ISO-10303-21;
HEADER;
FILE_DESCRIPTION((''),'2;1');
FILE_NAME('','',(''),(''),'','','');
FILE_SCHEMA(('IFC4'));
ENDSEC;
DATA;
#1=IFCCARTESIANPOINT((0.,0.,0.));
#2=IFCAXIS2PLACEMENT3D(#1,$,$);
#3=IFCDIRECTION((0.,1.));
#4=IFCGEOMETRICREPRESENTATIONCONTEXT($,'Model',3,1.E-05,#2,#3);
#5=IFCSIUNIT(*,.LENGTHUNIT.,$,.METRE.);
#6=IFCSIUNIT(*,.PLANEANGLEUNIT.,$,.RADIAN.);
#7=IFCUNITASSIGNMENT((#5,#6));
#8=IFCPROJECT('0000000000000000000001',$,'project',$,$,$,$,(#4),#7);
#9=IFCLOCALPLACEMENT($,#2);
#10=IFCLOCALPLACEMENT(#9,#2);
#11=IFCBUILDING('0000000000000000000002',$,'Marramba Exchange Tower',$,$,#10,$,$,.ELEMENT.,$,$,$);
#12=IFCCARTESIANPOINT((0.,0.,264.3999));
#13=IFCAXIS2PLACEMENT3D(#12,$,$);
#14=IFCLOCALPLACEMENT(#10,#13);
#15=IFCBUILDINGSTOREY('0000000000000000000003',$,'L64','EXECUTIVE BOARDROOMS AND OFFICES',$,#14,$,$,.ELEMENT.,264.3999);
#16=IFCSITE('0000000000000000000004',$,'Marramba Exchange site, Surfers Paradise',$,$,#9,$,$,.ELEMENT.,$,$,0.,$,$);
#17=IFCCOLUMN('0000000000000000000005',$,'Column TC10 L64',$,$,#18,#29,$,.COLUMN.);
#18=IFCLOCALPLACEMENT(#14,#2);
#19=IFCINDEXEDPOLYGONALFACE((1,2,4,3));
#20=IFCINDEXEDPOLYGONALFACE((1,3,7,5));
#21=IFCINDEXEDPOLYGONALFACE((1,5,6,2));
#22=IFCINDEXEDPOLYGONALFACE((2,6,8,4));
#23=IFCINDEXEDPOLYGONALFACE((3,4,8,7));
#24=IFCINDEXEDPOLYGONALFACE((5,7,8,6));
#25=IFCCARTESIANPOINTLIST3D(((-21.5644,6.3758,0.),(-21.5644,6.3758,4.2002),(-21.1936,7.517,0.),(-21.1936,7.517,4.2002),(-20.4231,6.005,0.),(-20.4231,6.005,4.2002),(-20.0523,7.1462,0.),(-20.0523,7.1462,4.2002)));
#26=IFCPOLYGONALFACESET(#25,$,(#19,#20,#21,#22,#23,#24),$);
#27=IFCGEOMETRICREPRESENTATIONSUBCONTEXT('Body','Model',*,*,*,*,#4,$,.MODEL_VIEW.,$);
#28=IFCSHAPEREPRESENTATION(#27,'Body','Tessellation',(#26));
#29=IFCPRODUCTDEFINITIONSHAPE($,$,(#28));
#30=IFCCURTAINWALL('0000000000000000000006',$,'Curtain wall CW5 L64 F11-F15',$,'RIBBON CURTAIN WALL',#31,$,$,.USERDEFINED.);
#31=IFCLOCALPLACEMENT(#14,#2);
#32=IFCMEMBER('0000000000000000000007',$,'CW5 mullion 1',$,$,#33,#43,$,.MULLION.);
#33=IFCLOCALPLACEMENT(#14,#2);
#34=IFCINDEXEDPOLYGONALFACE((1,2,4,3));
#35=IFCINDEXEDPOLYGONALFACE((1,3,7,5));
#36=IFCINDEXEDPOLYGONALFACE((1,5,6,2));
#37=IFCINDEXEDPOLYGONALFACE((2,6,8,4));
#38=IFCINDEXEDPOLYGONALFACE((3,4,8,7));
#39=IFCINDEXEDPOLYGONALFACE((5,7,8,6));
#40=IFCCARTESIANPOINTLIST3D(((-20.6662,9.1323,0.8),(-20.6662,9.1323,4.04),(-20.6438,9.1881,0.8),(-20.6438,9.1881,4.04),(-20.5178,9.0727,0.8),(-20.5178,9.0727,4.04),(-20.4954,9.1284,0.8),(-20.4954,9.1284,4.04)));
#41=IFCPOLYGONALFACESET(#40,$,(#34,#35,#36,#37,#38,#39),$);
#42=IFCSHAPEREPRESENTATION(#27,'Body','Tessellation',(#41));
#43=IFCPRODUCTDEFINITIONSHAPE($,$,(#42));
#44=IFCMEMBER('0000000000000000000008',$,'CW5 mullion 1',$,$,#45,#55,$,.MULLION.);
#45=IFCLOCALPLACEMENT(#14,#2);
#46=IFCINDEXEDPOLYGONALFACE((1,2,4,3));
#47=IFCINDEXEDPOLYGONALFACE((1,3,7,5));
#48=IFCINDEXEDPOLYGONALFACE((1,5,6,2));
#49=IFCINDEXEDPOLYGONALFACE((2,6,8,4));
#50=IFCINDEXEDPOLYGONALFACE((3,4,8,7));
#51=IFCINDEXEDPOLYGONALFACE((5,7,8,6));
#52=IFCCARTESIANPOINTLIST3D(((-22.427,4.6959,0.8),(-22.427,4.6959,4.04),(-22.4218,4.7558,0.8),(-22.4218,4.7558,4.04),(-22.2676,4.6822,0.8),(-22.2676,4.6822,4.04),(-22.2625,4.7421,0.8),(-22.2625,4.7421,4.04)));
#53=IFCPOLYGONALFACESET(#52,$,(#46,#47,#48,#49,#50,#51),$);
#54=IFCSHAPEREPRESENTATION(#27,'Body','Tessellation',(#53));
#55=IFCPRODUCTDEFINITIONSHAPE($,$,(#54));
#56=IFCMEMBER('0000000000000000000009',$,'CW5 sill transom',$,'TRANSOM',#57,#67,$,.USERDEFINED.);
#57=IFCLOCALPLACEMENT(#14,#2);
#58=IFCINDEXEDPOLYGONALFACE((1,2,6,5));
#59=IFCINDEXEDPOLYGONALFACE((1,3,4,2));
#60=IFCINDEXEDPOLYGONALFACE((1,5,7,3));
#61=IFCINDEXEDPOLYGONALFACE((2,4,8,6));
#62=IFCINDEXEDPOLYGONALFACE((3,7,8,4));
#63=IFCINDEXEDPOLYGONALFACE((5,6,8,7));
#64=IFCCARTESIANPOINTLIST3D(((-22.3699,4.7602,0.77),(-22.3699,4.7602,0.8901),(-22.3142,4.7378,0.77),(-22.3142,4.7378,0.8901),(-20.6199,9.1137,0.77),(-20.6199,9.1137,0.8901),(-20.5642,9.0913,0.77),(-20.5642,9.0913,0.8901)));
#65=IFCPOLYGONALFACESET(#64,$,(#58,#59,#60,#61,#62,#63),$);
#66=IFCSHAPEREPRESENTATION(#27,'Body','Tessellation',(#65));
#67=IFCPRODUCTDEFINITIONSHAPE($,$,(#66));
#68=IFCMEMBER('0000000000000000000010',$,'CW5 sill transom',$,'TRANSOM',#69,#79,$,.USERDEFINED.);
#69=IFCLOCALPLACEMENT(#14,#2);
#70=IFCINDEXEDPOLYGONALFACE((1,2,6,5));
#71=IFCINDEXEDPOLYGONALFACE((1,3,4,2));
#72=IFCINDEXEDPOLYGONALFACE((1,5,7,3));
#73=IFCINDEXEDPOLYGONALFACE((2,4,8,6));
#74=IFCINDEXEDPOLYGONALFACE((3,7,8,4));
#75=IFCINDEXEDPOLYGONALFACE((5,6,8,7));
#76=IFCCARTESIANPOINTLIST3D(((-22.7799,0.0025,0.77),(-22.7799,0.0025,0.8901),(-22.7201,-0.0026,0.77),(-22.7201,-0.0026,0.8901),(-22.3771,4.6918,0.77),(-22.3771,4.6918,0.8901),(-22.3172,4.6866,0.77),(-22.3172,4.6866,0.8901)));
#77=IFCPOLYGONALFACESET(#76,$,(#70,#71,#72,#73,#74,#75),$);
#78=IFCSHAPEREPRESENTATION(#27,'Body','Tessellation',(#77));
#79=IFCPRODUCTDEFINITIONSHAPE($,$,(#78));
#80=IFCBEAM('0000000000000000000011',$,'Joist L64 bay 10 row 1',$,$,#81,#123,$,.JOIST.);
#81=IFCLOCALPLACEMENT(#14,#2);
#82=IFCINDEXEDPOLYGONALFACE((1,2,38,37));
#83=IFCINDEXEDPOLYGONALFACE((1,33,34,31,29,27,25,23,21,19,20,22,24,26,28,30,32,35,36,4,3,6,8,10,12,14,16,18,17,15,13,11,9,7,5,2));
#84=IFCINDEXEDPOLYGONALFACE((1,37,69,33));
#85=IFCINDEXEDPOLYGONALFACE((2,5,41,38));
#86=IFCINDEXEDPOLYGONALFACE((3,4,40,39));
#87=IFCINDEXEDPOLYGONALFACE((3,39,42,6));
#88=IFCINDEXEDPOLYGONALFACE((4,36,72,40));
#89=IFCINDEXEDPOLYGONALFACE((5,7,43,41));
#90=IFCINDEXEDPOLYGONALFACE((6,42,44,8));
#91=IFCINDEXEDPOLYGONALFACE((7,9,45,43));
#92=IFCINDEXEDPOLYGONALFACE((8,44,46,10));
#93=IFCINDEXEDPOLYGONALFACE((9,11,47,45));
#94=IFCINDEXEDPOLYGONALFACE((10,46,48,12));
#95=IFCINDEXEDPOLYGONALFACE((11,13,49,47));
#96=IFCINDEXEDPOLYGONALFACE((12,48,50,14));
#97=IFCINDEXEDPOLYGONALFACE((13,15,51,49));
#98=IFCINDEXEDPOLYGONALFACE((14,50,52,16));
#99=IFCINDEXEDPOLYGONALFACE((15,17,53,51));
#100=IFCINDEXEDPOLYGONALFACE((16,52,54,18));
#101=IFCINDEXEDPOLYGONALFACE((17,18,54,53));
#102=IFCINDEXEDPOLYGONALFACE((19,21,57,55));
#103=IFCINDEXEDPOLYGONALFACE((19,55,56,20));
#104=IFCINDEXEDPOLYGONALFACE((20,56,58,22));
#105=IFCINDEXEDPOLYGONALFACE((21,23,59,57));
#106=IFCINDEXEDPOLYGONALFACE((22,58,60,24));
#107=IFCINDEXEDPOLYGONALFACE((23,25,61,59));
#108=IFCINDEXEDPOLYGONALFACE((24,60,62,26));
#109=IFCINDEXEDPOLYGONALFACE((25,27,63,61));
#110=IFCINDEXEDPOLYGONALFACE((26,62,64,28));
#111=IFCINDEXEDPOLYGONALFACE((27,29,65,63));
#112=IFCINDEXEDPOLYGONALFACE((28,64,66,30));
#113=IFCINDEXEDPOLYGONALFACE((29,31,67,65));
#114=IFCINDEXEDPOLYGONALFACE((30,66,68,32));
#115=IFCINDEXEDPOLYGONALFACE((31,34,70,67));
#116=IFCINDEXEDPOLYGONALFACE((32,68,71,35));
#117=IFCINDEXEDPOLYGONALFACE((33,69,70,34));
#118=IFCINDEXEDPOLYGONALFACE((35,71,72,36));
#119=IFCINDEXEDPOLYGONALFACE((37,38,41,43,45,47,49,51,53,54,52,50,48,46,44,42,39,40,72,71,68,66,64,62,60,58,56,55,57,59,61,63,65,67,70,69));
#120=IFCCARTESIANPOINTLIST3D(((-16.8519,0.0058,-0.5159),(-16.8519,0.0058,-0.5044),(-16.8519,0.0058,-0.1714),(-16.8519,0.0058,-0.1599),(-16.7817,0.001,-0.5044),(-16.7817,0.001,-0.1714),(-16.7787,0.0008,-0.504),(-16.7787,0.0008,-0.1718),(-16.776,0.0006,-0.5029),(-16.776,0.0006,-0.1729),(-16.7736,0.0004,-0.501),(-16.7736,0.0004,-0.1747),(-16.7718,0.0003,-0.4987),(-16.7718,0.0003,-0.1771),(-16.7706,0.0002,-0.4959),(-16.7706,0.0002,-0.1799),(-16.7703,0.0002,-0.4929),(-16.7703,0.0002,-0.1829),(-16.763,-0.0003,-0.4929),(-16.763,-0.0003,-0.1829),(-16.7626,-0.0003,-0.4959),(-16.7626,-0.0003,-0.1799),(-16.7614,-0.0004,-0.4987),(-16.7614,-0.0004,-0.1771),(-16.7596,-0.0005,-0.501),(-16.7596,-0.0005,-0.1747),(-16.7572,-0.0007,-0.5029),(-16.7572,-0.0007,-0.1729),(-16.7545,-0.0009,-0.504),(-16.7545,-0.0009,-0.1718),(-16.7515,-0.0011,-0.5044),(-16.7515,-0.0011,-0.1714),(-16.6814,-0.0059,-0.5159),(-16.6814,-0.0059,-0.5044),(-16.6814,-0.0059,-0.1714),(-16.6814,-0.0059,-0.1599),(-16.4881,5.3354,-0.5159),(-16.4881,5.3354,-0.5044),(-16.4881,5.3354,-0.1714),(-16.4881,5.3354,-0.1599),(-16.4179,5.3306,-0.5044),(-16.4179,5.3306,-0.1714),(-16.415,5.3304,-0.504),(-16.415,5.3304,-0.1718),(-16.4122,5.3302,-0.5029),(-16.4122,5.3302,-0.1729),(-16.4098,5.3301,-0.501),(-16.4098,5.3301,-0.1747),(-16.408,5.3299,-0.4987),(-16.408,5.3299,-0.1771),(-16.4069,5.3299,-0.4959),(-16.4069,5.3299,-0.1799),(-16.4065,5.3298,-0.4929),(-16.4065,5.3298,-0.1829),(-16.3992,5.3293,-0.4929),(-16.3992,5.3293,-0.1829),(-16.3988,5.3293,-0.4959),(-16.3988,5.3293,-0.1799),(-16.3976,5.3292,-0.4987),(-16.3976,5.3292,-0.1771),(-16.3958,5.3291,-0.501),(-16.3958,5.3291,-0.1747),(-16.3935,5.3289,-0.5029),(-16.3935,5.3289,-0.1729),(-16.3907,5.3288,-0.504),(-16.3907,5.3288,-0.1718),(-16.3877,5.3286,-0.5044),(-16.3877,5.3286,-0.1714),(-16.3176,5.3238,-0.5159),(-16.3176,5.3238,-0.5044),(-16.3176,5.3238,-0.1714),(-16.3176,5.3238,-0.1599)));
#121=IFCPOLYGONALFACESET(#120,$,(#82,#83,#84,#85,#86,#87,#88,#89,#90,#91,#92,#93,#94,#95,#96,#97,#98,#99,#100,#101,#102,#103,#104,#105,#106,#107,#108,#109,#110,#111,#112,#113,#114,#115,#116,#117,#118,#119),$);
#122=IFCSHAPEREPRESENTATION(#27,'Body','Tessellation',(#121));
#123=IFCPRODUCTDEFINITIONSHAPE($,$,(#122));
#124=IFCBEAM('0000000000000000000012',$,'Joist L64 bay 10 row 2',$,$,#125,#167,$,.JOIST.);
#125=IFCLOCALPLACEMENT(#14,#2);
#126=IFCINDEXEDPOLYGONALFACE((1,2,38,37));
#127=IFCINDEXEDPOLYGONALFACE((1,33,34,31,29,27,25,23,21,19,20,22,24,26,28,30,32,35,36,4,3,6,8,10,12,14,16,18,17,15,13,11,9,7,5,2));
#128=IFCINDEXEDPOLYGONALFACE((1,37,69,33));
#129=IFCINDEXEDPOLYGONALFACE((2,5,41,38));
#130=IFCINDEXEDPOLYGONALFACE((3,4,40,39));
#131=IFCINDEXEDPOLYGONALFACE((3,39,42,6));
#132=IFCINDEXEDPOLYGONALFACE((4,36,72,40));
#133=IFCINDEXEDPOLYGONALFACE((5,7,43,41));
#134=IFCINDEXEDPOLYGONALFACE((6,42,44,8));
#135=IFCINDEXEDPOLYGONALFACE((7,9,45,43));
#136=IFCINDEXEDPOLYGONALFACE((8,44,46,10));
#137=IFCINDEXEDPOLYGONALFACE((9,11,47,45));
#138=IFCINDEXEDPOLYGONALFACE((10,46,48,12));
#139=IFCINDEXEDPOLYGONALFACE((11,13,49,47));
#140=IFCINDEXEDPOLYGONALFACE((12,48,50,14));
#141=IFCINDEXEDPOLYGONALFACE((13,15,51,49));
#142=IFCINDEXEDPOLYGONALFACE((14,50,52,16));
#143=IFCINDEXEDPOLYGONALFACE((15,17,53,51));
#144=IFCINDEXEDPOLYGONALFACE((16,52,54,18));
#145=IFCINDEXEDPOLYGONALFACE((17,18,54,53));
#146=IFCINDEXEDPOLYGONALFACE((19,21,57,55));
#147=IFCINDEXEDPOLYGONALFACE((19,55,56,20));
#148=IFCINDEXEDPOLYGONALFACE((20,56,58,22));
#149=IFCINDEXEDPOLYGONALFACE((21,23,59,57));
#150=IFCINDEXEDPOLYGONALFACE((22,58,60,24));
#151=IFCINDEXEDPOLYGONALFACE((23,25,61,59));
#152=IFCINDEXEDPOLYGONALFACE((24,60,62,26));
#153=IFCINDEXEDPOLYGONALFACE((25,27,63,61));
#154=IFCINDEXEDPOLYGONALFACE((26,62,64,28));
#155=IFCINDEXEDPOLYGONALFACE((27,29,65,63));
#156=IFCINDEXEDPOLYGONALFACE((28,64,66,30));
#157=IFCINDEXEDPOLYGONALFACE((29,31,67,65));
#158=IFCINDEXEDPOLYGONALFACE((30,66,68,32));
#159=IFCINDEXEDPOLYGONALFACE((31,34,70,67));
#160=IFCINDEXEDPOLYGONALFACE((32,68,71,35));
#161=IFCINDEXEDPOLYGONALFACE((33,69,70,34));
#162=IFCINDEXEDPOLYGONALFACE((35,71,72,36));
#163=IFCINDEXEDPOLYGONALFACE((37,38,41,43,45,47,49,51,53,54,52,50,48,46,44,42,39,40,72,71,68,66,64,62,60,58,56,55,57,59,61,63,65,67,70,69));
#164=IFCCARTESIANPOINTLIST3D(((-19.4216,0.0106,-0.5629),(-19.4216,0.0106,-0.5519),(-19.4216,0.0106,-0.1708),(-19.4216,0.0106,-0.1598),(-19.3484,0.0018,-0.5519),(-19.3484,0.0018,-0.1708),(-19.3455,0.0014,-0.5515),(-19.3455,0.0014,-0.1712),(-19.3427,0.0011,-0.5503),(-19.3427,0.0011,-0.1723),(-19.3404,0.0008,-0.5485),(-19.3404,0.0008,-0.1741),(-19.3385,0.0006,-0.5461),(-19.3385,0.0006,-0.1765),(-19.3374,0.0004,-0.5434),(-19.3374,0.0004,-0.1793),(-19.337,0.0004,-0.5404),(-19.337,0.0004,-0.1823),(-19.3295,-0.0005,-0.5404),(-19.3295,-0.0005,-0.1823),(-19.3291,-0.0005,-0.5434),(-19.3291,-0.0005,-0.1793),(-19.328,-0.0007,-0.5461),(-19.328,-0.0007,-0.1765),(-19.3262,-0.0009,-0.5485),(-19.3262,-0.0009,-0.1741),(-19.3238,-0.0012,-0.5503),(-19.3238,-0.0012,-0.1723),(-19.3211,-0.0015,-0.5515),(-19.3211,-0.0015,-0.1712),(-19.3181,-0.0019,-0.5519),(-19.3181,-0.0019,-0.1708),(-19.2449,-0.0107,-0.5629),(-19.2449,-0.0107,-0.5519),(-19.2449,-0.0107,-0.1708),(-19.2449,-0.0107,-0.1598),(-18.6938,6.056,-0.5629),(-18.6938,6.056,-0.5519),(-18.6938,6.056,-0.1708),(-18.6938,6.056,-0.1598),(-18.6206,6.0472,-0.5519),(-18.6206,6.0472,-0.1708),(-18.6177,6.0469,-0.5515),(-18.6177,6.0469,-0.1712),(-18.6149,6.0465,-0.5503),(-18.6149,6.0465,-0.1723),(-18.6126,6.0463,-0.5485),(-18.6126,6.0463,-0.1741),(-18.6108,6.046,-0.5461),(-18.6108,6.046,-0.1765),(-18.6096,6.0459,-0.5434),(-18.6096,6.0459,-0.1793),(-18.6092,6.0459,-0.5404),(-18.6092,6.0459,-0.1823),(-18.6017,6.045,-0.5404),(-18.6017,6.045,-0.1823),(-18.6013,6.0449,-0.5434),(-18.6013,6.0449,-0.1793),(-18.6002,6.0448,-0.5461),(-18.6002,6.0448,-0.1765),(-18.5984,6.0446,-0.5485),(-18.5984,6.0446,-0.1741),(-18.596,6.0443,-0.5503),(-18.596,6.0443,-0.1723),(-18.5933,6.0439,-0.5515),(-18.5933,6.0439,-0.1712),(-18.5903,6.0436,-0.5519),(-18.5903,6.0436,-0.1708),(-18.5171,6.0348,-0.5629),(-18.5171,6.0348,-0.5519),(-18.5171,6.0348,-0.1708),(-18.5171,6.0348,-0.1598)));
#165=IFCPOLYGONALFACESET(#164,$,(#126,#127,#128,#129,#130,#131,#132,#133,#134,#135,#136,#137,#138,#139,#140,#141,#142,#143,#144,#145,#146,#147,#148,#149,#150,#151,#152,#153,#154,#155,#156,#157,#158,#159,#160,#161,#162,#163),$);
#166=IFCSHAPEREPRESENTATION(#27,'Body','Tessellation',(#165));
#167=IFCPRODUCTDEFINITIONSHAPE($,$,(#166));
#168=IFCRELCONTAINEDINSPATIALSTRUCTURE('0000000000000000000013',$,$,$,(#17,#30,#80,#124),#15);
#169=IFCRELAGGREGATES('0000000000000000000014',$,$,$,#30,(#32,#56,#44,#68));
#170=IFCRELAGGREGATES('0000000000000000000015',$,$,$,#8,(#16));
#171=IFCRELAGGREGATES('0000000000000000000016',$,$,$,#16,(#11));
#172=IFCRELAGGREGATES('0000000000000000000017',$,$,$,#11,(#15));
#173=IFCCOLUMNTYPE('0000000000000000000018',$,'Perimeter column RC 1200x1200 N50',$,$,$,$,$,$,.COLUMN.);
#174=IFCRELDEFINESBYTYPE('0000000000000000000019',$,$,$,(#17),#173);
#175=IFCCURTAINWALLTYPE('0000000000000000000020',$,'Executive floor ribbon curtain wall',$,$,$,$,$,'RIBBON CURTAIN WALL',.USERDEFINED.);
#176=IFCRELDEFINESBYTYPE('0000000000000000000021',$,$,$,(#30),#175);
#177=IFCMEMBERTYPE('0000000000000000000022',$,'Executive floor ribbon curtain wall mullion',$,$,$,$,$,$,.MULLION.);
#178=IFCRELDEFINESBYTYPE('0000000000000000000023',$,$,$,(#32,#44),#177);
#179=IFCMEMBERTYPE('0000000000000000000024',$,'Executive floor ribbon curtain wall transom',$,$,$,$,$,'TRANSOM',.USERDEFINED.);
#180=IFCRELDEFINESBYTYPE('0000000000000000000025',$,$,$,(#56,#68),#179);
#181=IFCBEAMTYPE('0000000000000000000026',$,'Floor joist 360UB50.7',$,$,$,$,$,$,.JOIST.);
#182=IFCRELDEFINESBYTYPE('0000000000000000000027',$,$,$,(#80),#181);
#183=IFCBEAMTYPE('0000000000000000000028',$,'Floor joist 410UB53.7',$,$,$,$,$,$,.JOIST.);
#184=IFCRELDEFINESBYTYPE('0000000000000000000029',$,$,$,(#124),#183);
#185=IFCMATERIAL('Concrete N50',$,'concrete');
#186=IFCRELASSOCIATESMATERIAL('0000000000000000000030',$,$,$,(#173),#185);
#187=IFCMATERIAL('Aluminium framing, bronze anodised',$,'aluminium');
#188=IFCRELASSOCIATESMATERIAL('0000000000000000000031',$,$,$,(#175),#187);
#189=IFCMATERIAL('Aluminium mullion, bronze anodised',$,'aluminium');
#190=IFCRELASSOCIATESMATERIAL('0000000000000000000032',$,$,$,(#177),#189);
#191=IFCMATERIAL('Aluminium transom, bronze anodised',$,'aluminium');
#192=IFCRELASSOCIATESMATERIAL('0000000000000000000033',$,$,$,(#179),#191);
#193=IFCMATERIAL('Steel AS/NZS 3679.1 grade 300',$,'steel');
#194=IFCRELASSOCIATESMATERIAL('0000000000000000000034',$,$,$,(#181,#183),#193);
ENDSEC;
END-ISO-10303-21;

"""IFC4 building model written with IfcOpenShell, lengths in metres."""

from ifc_helpers import new_model, si_unit, direction, frame, origin, origin_2d, place, context, subcontext, project, spatial, rectangle, i_section, extrude, material, material_profile, profile_set, type_object, element, aggregate, save


model = new_model("IFC4")

# Units and contexts
model_context = context("Model", 3, precision=1e-05, world=origin(), true_north=direction((0.0, 1.0)))
body_context = subcontext(model_context, "Body", "Model", "MODEL_VIEW")
ifc_project = project(units=[si_unit("LENGTHUNIT", "METRE"), si_unit("PLANEANGLEUNIT", "RADIAN")], contexts=[model_context])

# Site, building, storey
site_placement = place(None, origin())
site = spatial("IfcSite", under=ifc_project, at=site_placement, Name="Marramba Exchange site, Surfers Paradise", CompositionType="ELEMENT", RefElevation=0.0)
building_placement = place(site_placement, origin())
building = spatial("IfcBuilding", under=site, at=building_placement, Name="Marramba Exchange Tower", CompositionType="ELEMENT")
storey_placement = place(building_placement, frame((0.0, 0.0, 264.3999)))
storey = spatial("IfcBuildingStorey", under=building, at=storey_placement, Name="L64", Description="EXECUTIVE BOARDROOMS AND OFFICES", CompositionType="ELEMENT", Elevation=264.3999)

# Column
ifc_material_1 = material(Name="Concrete N50", Category="concrete")
ifc_material_profile_1 = material_profile(ifc_material_1, rectangle(XDim=1.2, YDim=1.2, at=origin_2d()), Name="RC 1200x1200")
ifc_profile_set_1 = profile_set([ifc_material_profile_1], Name="Concrete N50")
column_type = type_object("IfcColumnType", Name="Perimeter column RC 1200x1200 N50", PredefinedType="COLUMN", material=ifc_profile_set_1)
column_placement = place(storey_placement, frame((-20.8083, 6.761, 0.0), z_axis=(0.0, 0.0, 1.0), x_axis=(-0.951057, 0.309017, 0.0)))
element("IfcColumn", 1, at=column_placement, inside=storey, type_object=column_type, Name="Column TC10 L64", PredefinedType="COLUMN", context=body_context, shape_type="SweptSolid", body=[
    extrude(rectangle(XDim=1.2, YDim=1.2, at=origin_2d()), origin(), (0.0, 0.0, 1.0), 4.2002),
])

# Curtain wall, members
ifc_material_2 = material(Name="Aluminium framing, bronze anodised", Category="aluminium")
curtain_wall_type = type_object("IfcCurtainWallType", Name="Executive floor ribbon curtain wall", ElementType="RIBBON CURTAIN WALL", PredefinedType="USERDEFINED", material=ifc_material_2)
curtain_wall_placement = place(storey_placement, origin())
curtain_wall = element("IfcCurtainWall", 2, at=curtain_wall_placement, inside=storey, type_object=curtain_wall_type, Name="Curtain wall CW5 L64 F11-F15", ObjectType="RIBBON CURTAIN WALL", PredefinedType="USERDEFINED")
ifc_material_3 = material(Name="Aluminium mullion, bronze anodised", Category="aluminium")
ifc_material_profile_2 = material_profile(ifc_material_3, rectangle(XDim=0.1599, YDim=0.0601, at=origin_2d()), Name="CW5 mullion 60x160")
ifc_profile_set_2 = profile_set([ifc_material_profile_2], Name="Aluminium mullion, bronze anodised")
member_type_1 = type_object("IfcMemberType", Name="Executive floor ribbon curtain wall mullion", PredefinedType="MULLION", material=ifc_profile_set_2)
member_1_placement = place(storey_placement, frame((-20.5808, 9.1304, 0.8), z_axis=(0.0, 0.0, 1.0), x_axis=(0.927838, -0.372983, 0.0)))
member_1 = element("IfcMember", 3, at=member_1_placement, type_object=member_type_1, Name="CW5 mullion 1", PredefinedType="MULLION", context=body_context, shape_type="SweptSolid", body=[
    extrude(rectangle(XDim=0.1599, YDim=0.0601, at=origin_2d()), origin(), (0.0, 0.0, 1.0), 3.24),
])
member_2_placement = place(storey_placement, frame((-22.3447, 4.719, 0.8), z_axis=(0.0, 0.0, 1.0), x_axis=(0.996332, -0.085574, 0.0)))
member_2 = element("IfcMember", 4, at=member_2_placement, type_object=member_type_1, Name="CW5 mullion 1", PredefinedType="MULLION", context=body_context, shape_type="SweptSolid", body=[
    extrude(rectangle(XDim=0.1599, YDim=0.0601, at=origin_2d()), origin(), (0.0, 0.0, 1.0), 3.24),
])
ifc_material_4 = material(Name="Aluminium transom, bronze anodised", Category="aluminium")
ifc_material_profile_3 = material_profile(ifc_material_4, rectangle(XDim=0.0601, YDim=0.1201, at=origin_2d()), Name="CW5 transom 60x120")
ifc_profile_set_3 = profile_set([ifc_material_profile_3], Name="Aluminium transom, bronze anodised")
member_type_2 = type_object("IfcMemberType", Name="Executive floor ribbon curtain wall transom", ElementType="TRANSOM", PredefinedType="USERDEFINED", material=ifc_profile_set_3)
member_3_placement = place(storey_placement, frame((-20.592, 9.1025, 0.8301), z_axis=(-0.372969, -0.927844, 0.0), x_axis=(0.927844, -0.372969, 0.0)))
member_3 = element("IfcMember", 5, at=member_3_placement, type_object=member_type_2, Name="CW5 sill transom", ObjectType="TRANSOM", PredefinedType="USERDEFINED", context=body_context, shape_type="SweptSolid", body=[
    extrude(rectangle(XDim=0.0601, YDim=0.1201, at=origin_2d()), origin(), (0.0, 0.0, 1.0), 4.6921),
])
member_4_placement = place(storey_placement, frame((-22.3472, 4.6892, 0.8301), z_axis=(-0.085591, -0.99633, 0.0), x_axis=(0.99633, -0.085591, 0.0)))
member_4 = element("IfcMember", 6, at=member_4_placement, type_object=member_type_2, Name="CW5 sill transom", ObjectType="TRANSOM", PredefinedType="USERDEFINED", context=body_context, shape_type="SweptSolid", body=[
    extrude(rectangle(XDim=0.0601, YDim=0.1201, at=origin_2d()), origin(), (0.0, 0.0, 1.0), 4.7065),
])

# Beams
ifc_material_5 = material(Name="Steel AS/NZS 3679.1 grade 300", Category="steel")
ifc_material_profile_4 = material_profile(ifc_material_5, i_section(OverallWidth=0.1709, OverallDepth=0.356, WebThickness=0.0073, FlangeThickness=0.0115, FilletRadius=0.0115, at=origin_2d()), Name="360UB50.7")
ifc_profile_set_4 = profile_set([ifc_material_profile_4], Name="Steel AS/NZS 3679.1 grade 300")
beam_type_1 = type_object("IfcBeamType", Name="Floor joist 360UB50.7", PredefinedType="JOIST", material=ifc_profile_set_4)
beam_1_placement = place(storey_placement, frame((-16.4028, 5.3296, -0.3379), z_axis=(-0.068096, -0.997679, 0.0), x_axis=(0.997679, -0.068096, 0.0)))
element("IfcBeam", 7, at=beam_1_placement, inside=storey, type_object=beam_type_1, Name="Joist L64 bay 10 row 1", PredefinedType="JOIST", context=body_context, shape_type="SweptSolid", body=[
    extrude(i_section(OverallWidth=0.1709, OverallDepth=0.356, WebThickness=0.0073, FlangeThickness=0.0115, FilletRadius=0.0115, at=origin_2d()), origin(), (0.0, 0.0, 1.0), 5.342),
])
ifc_material_profile_5 = material_profile(ifc_material_5, i_section(OverallWidth=0.178, OverallDepth=0.4031, WebThickness=0.0076, FlangeThickness=0.011, FilletRadius=0.0115, at=origin_2d()), Name="410UB53.7")
ifc_profile_set_5 = profile_set([ifc_material_profile_5], Name="Steel AS/NZS 3679.1 grade 300")
beam_type_2 = type_object("IfcBeamType", Name="Floor joist 410UB53.7", PredefinedType="JOIST", material=ifc_profile_set_5)
beam_2_placement = place(storey_placement, frame((-18.6055, 6.0454, -0.3613), z_axis=(-0.119523, -0.992831, 0.0), x_axis=(0.992831, -0.119523, 0.0)))
element("IfcBeam", 8, at=beam_2_placement, inside=storey, type_object=beam_type_2, Name="Joist L64 bay 10 row 2", PredefinedType="JOIST", context=body_context, shape_type="SweptSolid", body=[
    extrude(i_section(OverallWidth=0.178, OverallDepth=0.4031, WebThickness=0.0076, FlangeThickness=0.011, FilletRadius=0.0115, at=origin_2d()), origin(), (0.0, 0.0, 1.0), 6.0891),
])

aggregate(curtain_wall, [member_1, member_3, member_2, member_4])

save(model, "model.ifc")
